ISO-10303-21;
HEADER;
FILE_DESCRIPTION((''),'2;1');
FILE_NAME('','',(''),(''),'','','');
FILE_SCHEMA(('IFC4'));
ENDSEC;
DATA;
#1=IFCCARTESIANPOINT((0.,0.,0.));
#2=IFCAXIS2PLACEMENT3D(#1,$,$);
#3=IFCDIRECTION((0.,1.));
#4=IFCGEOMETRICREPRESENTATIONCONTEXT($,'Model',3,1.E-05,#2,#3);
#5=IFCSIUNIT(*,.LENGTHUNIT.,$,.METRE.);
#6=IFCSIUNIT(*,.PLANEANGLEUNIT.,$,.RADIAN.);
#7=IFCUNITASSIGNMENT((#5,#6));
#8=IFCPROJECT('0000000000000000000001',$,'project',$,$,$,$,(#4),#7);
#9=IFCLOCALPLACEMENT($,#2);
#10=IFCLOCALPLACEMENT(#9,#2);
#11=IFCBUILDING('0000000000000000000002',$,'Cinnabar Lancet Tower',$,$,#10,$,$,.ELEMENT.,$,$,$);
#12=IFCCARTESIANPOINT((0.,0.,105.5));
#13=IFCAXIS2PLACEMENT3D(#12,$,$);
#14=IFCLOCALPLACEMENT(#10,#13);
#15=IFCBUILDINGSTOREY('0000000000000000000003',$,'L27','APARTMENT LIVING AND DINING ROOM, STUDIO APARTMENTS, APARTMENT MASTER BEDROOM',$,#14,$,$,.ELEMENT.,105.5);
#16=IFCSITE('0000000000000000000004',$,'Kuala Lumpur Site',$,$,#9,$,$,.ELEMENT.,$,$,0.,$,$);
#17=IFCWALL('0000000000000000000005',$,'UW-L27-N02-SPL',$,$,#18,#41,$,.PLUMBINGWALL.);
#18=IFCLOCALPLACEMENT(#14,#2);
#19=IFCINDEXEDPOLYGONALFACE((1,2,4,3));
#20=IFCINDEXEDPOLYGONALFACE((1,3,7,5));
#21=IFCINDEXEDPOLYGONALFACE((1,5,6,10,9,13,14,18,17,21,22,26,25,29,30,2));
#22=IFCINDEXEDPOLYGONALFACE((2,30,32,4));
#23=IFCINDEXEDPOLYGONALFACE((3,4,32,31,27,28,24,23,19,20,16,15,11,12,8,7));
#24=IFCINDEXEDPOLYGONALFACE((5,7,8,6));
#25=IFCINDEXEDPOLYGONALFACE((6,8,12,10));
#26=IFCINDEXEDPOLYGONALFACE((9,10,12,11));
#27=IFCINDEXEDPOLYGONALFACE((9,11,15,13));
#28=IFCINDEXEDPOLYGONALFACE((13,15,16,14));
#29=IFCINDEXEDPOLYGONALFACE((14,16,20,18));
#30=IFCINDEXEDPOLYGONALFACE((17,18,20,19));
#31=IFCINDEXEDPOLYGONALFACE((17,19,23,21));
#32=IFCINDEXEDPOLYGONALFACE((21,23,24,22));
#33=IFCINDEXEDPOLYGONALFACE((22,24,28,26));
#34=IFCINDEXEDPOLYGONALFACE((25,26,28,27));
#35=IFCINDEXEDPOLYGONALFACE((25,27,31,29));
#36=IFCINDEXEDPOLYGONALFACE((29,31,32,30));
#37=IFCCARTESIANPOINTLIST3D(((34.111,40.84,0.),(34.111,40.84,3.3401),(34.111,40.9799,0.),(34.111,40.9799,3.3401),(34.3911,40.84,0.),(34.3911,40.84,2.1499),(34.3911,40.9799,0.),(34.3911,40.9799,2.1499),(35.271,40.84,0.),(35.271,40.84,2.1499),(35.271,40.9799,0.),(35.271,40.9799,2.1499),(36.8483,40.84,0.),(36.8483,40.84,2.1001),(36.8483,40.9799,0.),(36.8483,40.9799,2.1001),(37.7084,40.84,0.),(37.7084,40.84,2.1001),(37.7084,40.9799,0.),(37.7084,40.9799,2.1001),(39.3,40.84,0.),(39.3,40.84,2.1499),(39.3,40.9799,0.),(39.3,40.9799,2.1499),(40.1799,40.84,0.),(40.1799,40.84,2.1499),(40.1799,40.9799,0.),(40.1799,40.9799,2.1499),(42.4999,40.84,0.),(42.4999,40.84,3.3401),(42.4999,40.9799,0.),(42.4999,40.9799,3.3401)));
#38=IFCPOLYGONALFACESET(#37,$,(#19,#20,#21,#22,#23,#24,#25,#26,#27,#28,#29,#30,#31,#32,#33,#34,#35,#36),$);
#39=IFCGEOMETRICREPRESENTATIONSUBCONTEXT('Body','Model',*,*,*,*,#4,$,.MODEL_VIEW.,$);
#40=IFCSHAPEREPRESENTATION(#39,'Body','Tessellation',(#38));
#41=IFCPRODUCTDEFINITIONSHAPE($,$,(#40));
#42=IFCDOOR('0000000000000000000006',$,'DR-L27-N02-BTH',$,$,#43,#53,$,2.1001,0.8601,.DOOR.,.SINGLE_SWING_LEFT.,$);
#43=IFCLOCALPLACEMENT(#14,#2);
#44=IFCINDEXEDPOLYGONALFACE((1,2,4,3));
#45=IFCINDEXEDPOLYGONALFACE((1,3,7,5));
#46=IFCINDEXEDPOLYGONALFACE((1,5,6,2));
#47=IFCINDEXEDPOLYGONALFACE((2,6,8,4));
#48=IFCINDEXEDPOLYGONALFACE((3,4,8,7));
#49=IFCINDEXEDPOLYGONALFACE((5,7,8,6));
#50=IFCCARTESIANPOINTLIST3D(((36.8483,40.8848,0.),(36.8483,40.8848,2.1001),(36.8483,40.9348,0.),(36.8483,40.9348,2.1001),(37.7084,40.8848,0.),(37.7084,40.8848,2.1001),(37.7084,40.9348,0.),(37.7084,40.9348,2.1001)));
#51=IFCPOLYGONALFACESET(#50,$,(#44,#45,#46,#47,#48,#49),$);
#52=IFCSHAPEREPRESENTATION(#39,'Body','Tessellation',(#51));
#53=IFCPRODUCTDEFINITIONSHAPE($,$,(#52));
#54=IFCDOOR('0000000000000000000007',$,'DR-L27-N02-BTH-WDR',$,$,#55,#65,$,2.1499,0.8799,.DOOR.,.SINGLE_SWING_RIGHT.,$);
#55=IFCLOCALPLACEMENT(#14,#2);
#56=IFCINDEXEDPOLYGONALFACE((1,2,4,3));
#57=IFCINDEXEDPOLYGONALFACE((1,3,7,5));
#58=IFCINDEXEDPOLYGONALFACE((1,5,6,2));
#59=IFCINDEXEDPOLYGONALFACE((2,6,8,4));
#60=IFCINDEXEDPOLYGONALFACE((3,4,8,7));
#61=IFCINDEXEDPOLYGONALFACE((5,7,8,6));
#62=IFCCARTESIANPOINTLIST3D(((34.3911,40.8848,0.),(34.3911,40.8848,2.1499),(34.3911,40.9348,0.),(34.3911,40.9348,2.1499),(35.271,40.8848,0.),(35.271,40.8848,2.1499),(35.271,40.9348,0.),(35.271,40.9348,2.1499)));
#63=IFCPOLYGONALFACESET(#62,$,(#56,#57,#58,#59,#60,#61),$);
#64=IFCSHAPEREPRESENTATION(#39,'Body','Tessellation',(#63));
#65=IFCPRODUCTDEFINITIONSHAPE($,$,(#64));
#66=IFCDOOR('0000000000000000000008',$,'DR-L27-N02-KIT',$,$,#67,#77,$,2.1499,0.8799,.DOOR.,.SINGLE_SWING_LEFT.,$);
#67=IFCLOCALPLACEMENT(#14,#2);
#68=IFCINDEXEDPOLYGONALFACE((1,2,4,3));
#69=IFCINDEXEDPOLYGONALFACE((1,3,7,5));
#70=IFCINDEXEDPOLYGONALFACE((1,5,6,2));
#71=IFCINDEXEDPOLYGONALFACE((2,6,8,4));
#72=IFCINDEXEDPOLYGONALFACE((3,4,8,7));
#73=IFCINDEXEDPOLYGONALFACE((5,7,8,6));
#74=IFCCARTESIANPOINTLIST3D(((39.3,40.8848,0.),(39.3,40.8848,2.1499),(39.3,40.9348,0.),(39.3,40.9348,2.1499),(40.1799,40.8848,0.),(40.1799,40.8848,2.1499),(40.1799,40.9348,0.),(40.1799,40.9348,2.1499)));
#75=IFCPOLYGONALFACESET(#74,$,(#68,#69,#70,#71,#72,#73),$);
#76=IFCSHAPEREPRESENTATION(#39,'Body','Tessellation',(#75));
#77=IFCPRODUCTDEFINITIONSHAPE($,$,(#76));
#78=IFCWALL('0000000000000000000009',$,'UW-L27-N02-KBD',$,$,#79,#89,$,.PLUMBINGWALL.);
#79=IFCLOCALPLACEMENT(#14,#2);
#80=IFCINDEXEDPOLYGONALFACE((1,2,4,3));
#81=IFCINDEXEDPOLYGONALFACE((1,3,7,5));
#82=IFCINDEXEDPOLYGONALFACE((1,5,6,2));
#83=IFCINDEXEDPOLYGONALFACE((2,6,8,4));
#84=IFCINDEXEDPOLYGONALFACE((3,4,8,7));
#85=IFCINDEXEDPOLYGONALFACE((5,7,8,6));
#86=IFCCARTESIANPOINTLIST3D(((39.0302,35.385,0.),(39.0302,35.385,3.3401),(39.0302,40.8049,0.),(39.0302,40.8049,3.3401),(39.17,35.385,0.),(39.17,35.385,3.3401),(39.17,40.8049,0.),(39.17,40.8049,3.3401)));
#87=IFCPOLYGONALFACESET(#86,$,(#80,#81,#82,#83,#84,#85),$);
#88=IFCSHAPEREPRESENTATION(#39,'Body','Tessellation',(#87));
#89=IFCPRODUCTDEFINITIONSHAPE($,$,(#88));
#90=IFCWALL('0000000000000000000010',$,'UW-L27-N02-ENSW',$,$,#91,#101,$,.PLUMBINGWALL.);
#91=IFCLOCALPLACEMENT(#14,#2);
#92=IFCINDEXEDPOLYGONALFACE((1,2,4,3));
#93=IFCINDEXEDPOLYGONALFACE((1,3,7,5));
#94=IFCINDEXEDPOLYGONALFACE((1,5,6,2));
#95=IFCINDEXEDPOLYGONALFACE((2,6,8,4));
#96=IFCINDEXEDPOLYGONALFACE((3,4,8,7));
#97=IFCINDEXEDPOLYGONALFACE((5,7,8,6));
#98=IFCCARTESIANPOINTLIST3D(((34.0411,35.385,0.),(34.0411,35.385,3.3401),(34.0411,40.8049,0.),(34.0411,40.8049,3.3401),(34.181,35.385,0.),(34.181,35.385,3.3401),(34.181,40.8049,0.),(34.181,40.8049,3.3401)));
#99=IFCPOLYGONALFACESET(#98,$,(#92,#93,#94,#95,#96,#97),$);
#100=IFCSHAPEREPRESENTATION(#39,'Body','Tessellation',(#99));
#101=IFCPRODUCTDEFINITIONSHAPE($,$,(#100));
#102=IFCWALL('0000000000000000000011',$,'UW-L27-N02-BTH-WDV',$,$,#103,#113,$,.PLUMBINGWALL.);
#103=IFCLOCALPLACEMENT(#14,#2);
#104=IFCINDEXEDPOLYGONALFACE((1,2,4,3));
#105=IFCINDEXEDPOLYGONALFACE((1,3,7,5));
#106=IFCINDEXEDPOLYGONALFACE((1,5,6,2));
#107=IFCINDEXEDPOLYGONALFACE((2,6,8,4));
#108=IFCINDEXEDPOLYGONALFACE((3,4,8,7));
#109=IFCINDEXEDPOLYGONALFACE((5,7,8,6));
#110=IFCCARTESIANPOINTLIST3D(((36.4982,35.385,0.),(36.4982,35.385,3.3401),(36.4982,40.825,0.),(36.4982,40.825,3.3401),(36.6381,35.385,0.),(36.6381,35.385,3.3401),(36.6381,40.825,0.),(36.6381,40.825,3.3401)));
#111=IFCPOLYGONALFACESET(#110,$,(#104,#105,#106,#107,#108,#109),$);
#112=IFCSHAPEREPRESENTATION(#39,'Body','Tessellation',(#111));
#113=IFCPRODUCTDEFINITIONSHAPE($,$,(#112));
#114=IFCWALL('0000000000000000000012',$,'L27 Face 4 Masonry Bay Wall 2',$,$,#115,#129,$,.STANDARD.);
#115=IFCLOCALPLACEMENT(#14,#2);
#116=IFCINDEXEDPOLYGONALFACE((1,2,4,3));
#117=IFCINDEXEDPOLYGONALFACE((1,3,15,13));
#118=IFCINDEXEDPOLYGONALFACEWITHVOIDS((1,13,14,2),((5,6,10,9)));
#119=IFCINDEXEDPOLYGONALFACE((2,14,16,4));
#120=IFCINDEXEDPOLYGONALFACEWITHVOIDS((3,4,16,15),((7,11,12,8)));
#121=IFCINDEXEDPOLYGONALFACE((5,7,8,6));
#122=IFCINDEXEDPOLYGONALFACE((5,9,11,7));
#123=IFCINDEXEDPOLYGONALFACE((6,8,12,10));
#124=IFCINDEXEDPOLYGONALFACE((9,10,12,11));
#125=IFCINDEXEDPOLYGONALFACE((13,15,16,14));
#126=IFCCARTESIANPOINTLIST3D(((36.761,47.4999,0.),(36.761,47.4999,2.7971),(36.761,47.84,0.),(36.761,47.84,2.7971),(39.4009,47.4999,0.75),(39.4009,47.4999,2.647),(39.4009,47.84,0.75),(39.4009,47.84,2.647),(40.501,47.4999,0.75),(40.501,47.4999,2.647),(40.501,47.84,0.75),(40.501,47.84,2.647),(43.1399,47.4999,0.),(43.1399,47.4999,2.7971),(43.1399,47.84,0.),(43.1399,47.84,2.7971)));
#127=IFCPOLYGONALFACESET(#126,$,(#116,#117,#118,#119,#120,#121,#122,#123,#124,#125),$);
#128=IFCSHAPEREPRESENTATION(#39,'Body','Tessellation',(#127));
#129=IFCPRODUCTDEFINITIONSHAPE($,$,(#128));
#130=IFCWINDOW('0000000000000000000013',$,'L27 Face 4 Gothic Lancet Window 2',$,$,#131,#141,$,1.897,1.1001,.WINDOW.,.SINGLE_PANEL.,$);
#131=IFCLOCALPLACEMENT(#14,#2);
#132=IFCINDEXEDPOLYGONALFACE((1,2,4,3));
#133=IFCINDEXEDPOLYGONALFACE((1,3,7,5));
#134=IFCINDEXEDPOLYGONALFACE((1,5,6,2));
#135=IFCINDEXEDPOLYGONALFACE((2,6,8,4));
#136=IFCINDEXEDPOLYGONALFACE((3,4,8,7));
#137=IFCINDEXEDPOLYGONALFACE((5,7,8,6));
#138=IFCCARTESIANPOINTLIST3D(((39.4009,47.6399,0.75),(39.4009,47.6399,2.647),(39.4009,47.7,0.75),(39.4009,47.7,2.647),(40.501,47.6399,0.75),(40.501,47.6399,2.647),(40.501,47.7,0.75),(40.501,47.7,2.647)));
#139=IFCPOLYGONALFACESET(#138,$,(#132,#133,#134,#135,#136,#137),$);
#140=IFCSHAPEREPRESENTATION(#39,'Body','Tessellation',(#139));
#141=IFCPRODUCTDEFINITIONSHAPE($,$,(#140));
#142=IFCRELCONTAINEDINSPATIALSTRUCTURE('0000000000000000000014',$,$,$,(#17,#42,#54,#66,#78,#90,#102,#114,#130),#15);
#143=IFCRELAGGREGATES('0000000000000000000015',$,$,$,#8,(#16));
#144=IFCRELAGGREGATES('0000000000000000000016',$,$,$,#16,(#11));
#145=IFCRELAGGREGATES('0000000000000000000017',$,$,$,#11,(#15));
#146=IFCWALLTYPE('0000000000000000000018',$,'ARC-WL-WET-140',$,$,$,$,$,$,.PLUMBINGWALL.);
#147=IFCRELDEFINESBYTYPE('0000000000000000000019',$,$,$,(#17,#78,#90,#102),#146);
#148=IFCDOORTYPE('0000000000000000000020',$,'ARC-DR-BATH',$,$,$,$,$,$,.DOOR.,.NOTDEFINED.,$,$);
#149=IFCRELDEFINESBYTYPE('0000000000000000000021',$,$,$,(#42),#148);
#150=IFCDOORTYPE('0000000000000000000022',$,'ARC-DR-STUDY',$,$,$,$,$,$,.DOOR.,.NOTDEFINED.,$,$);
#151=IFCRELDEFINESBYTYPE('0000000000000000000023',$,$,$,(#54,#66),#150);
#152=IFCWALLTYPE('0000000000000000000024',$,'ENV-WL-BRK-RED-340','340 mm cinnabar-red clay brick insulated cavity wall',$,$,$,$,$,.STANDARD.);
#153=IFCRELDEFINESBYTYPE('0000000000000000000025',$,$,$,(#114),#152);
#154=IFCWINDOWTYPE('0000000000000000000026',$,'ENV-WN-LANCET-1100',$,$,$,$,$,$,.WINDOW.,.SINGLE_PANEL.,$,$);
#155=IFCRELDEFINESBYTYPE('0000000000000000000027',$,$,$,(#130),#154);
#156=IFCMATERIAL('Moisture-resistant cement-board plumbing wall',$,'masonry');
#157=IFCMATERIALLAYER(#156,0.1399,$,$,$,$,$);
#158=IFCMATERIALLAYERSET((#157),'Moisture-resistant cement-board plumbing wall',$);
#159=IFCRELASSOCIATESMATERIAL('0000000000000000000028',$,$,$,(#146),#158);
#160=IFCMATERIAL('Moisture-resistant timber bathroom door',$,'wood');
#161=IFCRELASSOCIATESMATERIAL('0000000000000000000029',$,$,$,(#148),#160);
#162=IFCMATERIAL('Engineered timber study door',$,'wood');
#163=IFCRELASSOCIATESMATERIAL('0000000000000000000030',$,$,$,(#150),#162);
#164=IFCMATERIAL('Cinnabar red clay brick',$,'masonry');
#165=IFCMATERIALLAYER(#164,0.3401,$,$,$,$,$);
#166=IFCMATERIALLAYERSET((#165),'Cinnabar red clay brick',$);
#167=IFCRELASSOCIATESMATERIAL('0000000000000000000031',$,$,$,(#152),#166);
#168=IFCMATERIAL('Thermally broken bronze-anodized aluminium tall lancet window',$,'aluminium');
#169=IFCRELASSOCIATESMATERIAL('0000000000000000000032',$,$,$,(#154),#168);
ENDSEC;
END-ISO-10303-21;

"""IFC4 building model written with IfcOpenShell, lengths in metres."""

from ifc_helpers import new_model, si_unit, direction, frame, frame_2d, origin, place, context, subcontext, project, spatial, rectangle, extrude, material, layer, layer_set, type_object, element, fill, save


model = new_model("IFC4")

# Units and contexts
model_context = context("Model", 3, precision=1e-05, world=origin(), true_north=direction((0.0, 1.0)))
body_context = subcontext(model_context, "Body", "Model", "MODEL_VIEW")
ifc_project = project(units=[si_unit("LENGTHUNIT", "METRE"), si_unit("PLANEANGLEUNIT", "RADIAN")], contexts=[model_context])

# Site, building, storey
site_placement = place(None, origin())
site = spatial("IfcSite", under=ifc_project, at=site_placement, Name="Kuala Lumpur Site", CompositionType="ELEMENT", RefElevation=0.0)
building_placement = place(site_placement, origin())
building = spatial("IfcBuilding", under=site, at=building_placement, Name="Cinnabar Lancet Tower", CompositionType="ELEMENT")
storey_placement = place(building_placement, frame((0.0, 0.0, 105.5)))
storey = spatial("IfcBuildingStorey", under=building, at=storey_placement, Name="L27", Description="APARTMENT LIVING AND DINING ROOM, STUDIO APARTMENTS, APARTMENT MASTER BEDROOM", CompositionType="ELEMENT", Elevation=105.5)

# Wall, openings, doors
ifc_material_1 = material(Name="Moisture-resistant cement-board plumbing wall", Category="masonry")
ifc_layer_1 = layer(ifc_material_1, 0.1399)
ifc_layer_set_1 = layer_set([ifc_layer_1], Name="Moisture-resistant cement-board plumbing wall")
wall_type_1 = type_object("IfcWallType", Name="ARC-WL-WET-140", PredefinedType="PLUMBINGWALL", material=ifc_layer_set_1)
wall_1_placement = place(storey_placement, frame((34.1111, 40.9099, 0.0), z_axis=(0.0, 0.0, 1.0), x_axis=(1.0, 0.0, 0.0)))
wall_1 = element("IfcWall", 1, at=wall_1_placement, inside=storey, type_object=wall_type_1, Name="UW-L27-N02-SPL", PredefinedType="PLUMBINGWALL", context=body_context, shape_type="SweptSolid", body=[
    extrude(rectangle(XDim=8.3889, YDim=0.1399, at=frame_2d((4.1943, 0.0))), origin(), (0.0, 0.0, 1.0), 3.3401),
])
opening_1_placement = place(wall_1_placement, frame((0.28, 0.0, 0.0)))
opening_1 = element("IfcOpeningElement", 2, at=opening_1_placement, cuts=wall_1, PredefinedType="OPENING", context=body_context, shape_type="SweptSolid", body=[
    extrude(rectangle(XDim=0.8799, YDim=2.1499, at=frame_2d((0.4399, 1.075))), frame((0.0, 0.0798, 0.0), z_axis=(0.0, -1.0, 0.0), x_axis=(1.0, 0.0, 0.0)), (0.0, 0.0, 1.0), 0.1599),
])
opening_2_placement = place(wall_1_placement, frame((2.7371, 0.0, 0.0)))
opening_2 = element("IfcOpeningElement", 3, at=opening_2_placement, cuts=wall_1, PredefinedType="OPENING", context=body_context, shape_type="SweptSolid", body=[
    extrude(rectangle(XDim=0.8601, YDim=2.1001, at=frame_2d((0.4302, 1.05))), frame((0.0, 0.0798, 0.0), z_axis=(0.0, -1.0, 0.0), x_axis=(1.0, 0.0, 0.0)), (0.0, 0.0, 1.0), 0.1599),
])
opening_3_placement = place(wall_1_placement, frame((5.189, 0.0, 0.0)))
opening_3 = element("IfcOpeningElement", 4, at=opening_3_placement, cuts=wall_1, PredefinedType="OPENING", context=body_context, shape_type="SweptSolid", body=[
    extrude(rectangle(XDim=0.8799, YDim=2.1499, at=frame_2d((0.4399, 1.075))), frame((0.0, 0.0798, 0.0), z_axis=(0.0, -1.0, 0.0), x_axis=(1.0, 0.0, 0.0)), (0.0, 0.0, 1.0), 0.1599),
])
ifc_material_2 = material(Name="Moisture-resistant timber bathroom door", Category="wood")
door_type_1 = type_object("IfcDoorType", Name="ARC-DR-BATH", OperationType="NOTDEFINED", PredefinedType="DOOR", material=ifc_material_2)
door_1_placement = place(opening_2_placement, origin())
door_1 = element("IfcDoor", 5, at=door_1_placement, inside=storey, type_object=door_type_1, Name="DR-L27-N02-BTH", OperationType="SINGLE_SWING_LEFT", OverallHeight=2.1001, OverallWidth=0.8601, PredefinedType="DOOR", context=body_context, shape_type="SweptSolid", body=[
    extrude(rectangle(XDim=0.8601, YDim=2.1001, at=frame_2d((0.4302, 1.05))), frame((0.0, 0.0249, 0.0), z_axis=(0.0, -1.0, 0.0), x_axis=(1.0, 0.0, 0.0)), (0.0, 0.0, 1.0), 0.05),
])
fill(opening_2, door_1)
ifc_material_3 = material(Name="Engineered timber study door", Category="wood")
door_type_2 = type_object("IfcDoorType", Name="ARC-DR-STUDY", OperationType="NOTDEFINED", PredefinedType="DOOR", material=ifc_material_3)
door_2_placement = place(opening_1_placement, origin())
door_2 = element("IfcDoor", 6, at=door_2_placement, inside=storey, type_object=door_type_2, Name="DR-L27-N02-BTH-WDR", OperationType="SINGLE_SWING_RIGHT", OverallHeight=2.1499, OverallWidth=0.8799, PredefinedType="DOOR", context=body_context, shape_type="SweptSolid", body=[
    extrude(rectangle(XDim=0.8799, YDim=2.1499, at=frame_2d((0.4399, 1.075))), frame((0.0, 0.0249, 0.0), z_axis=(0.0, -1.0, 0.0), x_axis=(1.0, 0.0, 0.0)), (0.0, 0.0, 1.0), 0.05),
])
fill(opening_1, door_2)
door_3_placement = place(opening_3_placement, origin())
door_3 = element("IfcDoor", 7, at=door_3_placement, inside=storey, type_object=door_type_2, Name="DR-L27-N02-KIT", OperationType="SINGLE_SWING_LEFT", OverallHeight=2.1499, OverallWidth=0.8799, PredefinedType="DOOR", context=body_context, shape_type="SweptSolid", body=[
    extrude(rectangle(XDim=0.8799, YDim=2.1499, at=frame_2d((0.4399, 1.075))), frame((0.0, 0.0249, 0.0), z_axis=(0.0, -1.0, 0.0), x_axis=(1.0, 0.0, 0.0)), (0.0, 0.0, 1.0), 0.05),
])
fill(opening_3, door_3)

# Walls
for number, where, z_axis, x_axis, name in (
    (8, (39.1001, 35.385, 0.0), (0.0, 0.0, 1.0), (0.0, 1.0, 0.0), "UW-L27-N02-KBD"),
    (9, (34.1111, 35.385, 0.0), (0.0, 0.0, 1.0), (0.0, 1.0, 0.0), "UW-L27-N02-ENSW"),
):
    element("IfcWall", number, at=place(storey_placement, frame(where, z_axis=z_axis, x_axis=x_axis)), inside=storey, type_object=wall_type_1, Name=name, PredefinedType="PLUMBINGWALL", context=body_context, shape_type="SweptSolid", body=[
        extrude(rectangle(XDim=5.4199, YDim=0.1399, at=frame_2d((2.71, 0.0))), origin(), (0.0, 0.0, 1.0), 3.3401),
    ])
wall_2_placement = place(storey_placement, frame((36.5681, 35.385, 0.0), z_axis=(0.0, 0.0, 1.0), x_axis=(0.0, 1.0, 0.0)))
element("IfcWall", 10, at=wall_2_placement, inside=storey, type_object=wall_type_1, Name="UW-L27-N02-BTH-WDV", PredefinedType="PLUMBINGWALL", context=body_context, shape_type="SweptSolid", body=[
    extrude(rectangle(XDim=5.4399, YDim=0.1399, at=frame_2d((2.72, 0.0))), origin(), (0.0, 0.0, 1.0), 3.3401),
])

# Wall, opening, window
ifc_material_4 = material(Name="Cinnabar red clay brick", Category="masonry")
ifc_layer_2 = layer(ifc_material_4, 0.3401)
ifc_layer_set_2 = layer_set([ifc_layer_2], Name="Cinnabar red clay brick")
wall_type_2 = type_object("IfcWallType", Name="ENV-WL-BRK-RED-340", Description="340 mm cinnabar-red clay brick insulated cavity wall", PredefinedType="STANDARD", material=ifc_layer_set_2)
wall_3_placement = place(storey_placement, frame((43.1399, 47.6699, 0.0), z_axis=(0.0, 0.0, 1.0), x_axis=(-1.0, 0.0, 0.0)))
wall_3 = element("IfcWall", 11, at=wall_3_placement, inside=storey, type_object=wall_type_2, Name="L27 Face 4 Masonry Bay Wall 2", PredefinedType="STANDARD", context=body_context, shape_type="SweptSolid", body=[
    extrude(rectangle(XDim=6.3789, YDim=0.3401, at=frame_2d((3.1895, 0.0))), origin(), (0.0, 0.0, 1.0), 2.7971),
])
opening_4_placement = place(wall_3_placement, frame((2.6389, 0.0, 0.75)))
opening_4 = element("IfcOpeningElement", 12, at=opening_4_placement, cuts=wall_3, PredefinedType="OPENING", context=body_context, shape_type="SweptSolid", body=[
    extrude(rectangle(XDim=1.1001, YDim=1.897, at=frame_2d((0.55, 0.9485))), frame((0.0, 0.1799, 0.0), z_axis=(0.0, -1.0, 0.0), x_axis=(1.0, 0.0, 0.0)), (0.0, 0.0, 1.0), 0.3601),
])
ifc_material_5 = material(Name="Thermally broken bronze-anodized aluminium tall lancet window", Category="aluminium")
window_type = type_object("IfcWindowType", Name="ENV-WN-LANCET-1100", PartitioningType="SINGLE_PANEL", PredefinedType="WINDOW", material=ifc_material_5)
window_1_placement = place(opening_4_placement, origin())
window_1 = element("IfcWindow", 13, at=window_1_placement, inside=storey, type_object=window_type, Name="L27 Face 4 Gothic Lancet Window 2", OverallHeight=1.897, OverallWidth=1.1001, PartitioningType="SINGLE_PANEL", PredefinedType="WINDOW", context=body_context, shape_type="SweptSolid", body=[
    extrude(rectangle(XDim=1.1001, YDim=1.897, at=frame_2d((0.55, 0.9485))), frame((0.0, 0.03, 0.0), z_axis=(0.0, -1.0, 0.0), x_axis=(1.0, 0.0, 0.0)), (0.0, 0.0, 1.0), 0.0601),
])
fill(opening_4, window_1)

save(model, "model.ifc")
